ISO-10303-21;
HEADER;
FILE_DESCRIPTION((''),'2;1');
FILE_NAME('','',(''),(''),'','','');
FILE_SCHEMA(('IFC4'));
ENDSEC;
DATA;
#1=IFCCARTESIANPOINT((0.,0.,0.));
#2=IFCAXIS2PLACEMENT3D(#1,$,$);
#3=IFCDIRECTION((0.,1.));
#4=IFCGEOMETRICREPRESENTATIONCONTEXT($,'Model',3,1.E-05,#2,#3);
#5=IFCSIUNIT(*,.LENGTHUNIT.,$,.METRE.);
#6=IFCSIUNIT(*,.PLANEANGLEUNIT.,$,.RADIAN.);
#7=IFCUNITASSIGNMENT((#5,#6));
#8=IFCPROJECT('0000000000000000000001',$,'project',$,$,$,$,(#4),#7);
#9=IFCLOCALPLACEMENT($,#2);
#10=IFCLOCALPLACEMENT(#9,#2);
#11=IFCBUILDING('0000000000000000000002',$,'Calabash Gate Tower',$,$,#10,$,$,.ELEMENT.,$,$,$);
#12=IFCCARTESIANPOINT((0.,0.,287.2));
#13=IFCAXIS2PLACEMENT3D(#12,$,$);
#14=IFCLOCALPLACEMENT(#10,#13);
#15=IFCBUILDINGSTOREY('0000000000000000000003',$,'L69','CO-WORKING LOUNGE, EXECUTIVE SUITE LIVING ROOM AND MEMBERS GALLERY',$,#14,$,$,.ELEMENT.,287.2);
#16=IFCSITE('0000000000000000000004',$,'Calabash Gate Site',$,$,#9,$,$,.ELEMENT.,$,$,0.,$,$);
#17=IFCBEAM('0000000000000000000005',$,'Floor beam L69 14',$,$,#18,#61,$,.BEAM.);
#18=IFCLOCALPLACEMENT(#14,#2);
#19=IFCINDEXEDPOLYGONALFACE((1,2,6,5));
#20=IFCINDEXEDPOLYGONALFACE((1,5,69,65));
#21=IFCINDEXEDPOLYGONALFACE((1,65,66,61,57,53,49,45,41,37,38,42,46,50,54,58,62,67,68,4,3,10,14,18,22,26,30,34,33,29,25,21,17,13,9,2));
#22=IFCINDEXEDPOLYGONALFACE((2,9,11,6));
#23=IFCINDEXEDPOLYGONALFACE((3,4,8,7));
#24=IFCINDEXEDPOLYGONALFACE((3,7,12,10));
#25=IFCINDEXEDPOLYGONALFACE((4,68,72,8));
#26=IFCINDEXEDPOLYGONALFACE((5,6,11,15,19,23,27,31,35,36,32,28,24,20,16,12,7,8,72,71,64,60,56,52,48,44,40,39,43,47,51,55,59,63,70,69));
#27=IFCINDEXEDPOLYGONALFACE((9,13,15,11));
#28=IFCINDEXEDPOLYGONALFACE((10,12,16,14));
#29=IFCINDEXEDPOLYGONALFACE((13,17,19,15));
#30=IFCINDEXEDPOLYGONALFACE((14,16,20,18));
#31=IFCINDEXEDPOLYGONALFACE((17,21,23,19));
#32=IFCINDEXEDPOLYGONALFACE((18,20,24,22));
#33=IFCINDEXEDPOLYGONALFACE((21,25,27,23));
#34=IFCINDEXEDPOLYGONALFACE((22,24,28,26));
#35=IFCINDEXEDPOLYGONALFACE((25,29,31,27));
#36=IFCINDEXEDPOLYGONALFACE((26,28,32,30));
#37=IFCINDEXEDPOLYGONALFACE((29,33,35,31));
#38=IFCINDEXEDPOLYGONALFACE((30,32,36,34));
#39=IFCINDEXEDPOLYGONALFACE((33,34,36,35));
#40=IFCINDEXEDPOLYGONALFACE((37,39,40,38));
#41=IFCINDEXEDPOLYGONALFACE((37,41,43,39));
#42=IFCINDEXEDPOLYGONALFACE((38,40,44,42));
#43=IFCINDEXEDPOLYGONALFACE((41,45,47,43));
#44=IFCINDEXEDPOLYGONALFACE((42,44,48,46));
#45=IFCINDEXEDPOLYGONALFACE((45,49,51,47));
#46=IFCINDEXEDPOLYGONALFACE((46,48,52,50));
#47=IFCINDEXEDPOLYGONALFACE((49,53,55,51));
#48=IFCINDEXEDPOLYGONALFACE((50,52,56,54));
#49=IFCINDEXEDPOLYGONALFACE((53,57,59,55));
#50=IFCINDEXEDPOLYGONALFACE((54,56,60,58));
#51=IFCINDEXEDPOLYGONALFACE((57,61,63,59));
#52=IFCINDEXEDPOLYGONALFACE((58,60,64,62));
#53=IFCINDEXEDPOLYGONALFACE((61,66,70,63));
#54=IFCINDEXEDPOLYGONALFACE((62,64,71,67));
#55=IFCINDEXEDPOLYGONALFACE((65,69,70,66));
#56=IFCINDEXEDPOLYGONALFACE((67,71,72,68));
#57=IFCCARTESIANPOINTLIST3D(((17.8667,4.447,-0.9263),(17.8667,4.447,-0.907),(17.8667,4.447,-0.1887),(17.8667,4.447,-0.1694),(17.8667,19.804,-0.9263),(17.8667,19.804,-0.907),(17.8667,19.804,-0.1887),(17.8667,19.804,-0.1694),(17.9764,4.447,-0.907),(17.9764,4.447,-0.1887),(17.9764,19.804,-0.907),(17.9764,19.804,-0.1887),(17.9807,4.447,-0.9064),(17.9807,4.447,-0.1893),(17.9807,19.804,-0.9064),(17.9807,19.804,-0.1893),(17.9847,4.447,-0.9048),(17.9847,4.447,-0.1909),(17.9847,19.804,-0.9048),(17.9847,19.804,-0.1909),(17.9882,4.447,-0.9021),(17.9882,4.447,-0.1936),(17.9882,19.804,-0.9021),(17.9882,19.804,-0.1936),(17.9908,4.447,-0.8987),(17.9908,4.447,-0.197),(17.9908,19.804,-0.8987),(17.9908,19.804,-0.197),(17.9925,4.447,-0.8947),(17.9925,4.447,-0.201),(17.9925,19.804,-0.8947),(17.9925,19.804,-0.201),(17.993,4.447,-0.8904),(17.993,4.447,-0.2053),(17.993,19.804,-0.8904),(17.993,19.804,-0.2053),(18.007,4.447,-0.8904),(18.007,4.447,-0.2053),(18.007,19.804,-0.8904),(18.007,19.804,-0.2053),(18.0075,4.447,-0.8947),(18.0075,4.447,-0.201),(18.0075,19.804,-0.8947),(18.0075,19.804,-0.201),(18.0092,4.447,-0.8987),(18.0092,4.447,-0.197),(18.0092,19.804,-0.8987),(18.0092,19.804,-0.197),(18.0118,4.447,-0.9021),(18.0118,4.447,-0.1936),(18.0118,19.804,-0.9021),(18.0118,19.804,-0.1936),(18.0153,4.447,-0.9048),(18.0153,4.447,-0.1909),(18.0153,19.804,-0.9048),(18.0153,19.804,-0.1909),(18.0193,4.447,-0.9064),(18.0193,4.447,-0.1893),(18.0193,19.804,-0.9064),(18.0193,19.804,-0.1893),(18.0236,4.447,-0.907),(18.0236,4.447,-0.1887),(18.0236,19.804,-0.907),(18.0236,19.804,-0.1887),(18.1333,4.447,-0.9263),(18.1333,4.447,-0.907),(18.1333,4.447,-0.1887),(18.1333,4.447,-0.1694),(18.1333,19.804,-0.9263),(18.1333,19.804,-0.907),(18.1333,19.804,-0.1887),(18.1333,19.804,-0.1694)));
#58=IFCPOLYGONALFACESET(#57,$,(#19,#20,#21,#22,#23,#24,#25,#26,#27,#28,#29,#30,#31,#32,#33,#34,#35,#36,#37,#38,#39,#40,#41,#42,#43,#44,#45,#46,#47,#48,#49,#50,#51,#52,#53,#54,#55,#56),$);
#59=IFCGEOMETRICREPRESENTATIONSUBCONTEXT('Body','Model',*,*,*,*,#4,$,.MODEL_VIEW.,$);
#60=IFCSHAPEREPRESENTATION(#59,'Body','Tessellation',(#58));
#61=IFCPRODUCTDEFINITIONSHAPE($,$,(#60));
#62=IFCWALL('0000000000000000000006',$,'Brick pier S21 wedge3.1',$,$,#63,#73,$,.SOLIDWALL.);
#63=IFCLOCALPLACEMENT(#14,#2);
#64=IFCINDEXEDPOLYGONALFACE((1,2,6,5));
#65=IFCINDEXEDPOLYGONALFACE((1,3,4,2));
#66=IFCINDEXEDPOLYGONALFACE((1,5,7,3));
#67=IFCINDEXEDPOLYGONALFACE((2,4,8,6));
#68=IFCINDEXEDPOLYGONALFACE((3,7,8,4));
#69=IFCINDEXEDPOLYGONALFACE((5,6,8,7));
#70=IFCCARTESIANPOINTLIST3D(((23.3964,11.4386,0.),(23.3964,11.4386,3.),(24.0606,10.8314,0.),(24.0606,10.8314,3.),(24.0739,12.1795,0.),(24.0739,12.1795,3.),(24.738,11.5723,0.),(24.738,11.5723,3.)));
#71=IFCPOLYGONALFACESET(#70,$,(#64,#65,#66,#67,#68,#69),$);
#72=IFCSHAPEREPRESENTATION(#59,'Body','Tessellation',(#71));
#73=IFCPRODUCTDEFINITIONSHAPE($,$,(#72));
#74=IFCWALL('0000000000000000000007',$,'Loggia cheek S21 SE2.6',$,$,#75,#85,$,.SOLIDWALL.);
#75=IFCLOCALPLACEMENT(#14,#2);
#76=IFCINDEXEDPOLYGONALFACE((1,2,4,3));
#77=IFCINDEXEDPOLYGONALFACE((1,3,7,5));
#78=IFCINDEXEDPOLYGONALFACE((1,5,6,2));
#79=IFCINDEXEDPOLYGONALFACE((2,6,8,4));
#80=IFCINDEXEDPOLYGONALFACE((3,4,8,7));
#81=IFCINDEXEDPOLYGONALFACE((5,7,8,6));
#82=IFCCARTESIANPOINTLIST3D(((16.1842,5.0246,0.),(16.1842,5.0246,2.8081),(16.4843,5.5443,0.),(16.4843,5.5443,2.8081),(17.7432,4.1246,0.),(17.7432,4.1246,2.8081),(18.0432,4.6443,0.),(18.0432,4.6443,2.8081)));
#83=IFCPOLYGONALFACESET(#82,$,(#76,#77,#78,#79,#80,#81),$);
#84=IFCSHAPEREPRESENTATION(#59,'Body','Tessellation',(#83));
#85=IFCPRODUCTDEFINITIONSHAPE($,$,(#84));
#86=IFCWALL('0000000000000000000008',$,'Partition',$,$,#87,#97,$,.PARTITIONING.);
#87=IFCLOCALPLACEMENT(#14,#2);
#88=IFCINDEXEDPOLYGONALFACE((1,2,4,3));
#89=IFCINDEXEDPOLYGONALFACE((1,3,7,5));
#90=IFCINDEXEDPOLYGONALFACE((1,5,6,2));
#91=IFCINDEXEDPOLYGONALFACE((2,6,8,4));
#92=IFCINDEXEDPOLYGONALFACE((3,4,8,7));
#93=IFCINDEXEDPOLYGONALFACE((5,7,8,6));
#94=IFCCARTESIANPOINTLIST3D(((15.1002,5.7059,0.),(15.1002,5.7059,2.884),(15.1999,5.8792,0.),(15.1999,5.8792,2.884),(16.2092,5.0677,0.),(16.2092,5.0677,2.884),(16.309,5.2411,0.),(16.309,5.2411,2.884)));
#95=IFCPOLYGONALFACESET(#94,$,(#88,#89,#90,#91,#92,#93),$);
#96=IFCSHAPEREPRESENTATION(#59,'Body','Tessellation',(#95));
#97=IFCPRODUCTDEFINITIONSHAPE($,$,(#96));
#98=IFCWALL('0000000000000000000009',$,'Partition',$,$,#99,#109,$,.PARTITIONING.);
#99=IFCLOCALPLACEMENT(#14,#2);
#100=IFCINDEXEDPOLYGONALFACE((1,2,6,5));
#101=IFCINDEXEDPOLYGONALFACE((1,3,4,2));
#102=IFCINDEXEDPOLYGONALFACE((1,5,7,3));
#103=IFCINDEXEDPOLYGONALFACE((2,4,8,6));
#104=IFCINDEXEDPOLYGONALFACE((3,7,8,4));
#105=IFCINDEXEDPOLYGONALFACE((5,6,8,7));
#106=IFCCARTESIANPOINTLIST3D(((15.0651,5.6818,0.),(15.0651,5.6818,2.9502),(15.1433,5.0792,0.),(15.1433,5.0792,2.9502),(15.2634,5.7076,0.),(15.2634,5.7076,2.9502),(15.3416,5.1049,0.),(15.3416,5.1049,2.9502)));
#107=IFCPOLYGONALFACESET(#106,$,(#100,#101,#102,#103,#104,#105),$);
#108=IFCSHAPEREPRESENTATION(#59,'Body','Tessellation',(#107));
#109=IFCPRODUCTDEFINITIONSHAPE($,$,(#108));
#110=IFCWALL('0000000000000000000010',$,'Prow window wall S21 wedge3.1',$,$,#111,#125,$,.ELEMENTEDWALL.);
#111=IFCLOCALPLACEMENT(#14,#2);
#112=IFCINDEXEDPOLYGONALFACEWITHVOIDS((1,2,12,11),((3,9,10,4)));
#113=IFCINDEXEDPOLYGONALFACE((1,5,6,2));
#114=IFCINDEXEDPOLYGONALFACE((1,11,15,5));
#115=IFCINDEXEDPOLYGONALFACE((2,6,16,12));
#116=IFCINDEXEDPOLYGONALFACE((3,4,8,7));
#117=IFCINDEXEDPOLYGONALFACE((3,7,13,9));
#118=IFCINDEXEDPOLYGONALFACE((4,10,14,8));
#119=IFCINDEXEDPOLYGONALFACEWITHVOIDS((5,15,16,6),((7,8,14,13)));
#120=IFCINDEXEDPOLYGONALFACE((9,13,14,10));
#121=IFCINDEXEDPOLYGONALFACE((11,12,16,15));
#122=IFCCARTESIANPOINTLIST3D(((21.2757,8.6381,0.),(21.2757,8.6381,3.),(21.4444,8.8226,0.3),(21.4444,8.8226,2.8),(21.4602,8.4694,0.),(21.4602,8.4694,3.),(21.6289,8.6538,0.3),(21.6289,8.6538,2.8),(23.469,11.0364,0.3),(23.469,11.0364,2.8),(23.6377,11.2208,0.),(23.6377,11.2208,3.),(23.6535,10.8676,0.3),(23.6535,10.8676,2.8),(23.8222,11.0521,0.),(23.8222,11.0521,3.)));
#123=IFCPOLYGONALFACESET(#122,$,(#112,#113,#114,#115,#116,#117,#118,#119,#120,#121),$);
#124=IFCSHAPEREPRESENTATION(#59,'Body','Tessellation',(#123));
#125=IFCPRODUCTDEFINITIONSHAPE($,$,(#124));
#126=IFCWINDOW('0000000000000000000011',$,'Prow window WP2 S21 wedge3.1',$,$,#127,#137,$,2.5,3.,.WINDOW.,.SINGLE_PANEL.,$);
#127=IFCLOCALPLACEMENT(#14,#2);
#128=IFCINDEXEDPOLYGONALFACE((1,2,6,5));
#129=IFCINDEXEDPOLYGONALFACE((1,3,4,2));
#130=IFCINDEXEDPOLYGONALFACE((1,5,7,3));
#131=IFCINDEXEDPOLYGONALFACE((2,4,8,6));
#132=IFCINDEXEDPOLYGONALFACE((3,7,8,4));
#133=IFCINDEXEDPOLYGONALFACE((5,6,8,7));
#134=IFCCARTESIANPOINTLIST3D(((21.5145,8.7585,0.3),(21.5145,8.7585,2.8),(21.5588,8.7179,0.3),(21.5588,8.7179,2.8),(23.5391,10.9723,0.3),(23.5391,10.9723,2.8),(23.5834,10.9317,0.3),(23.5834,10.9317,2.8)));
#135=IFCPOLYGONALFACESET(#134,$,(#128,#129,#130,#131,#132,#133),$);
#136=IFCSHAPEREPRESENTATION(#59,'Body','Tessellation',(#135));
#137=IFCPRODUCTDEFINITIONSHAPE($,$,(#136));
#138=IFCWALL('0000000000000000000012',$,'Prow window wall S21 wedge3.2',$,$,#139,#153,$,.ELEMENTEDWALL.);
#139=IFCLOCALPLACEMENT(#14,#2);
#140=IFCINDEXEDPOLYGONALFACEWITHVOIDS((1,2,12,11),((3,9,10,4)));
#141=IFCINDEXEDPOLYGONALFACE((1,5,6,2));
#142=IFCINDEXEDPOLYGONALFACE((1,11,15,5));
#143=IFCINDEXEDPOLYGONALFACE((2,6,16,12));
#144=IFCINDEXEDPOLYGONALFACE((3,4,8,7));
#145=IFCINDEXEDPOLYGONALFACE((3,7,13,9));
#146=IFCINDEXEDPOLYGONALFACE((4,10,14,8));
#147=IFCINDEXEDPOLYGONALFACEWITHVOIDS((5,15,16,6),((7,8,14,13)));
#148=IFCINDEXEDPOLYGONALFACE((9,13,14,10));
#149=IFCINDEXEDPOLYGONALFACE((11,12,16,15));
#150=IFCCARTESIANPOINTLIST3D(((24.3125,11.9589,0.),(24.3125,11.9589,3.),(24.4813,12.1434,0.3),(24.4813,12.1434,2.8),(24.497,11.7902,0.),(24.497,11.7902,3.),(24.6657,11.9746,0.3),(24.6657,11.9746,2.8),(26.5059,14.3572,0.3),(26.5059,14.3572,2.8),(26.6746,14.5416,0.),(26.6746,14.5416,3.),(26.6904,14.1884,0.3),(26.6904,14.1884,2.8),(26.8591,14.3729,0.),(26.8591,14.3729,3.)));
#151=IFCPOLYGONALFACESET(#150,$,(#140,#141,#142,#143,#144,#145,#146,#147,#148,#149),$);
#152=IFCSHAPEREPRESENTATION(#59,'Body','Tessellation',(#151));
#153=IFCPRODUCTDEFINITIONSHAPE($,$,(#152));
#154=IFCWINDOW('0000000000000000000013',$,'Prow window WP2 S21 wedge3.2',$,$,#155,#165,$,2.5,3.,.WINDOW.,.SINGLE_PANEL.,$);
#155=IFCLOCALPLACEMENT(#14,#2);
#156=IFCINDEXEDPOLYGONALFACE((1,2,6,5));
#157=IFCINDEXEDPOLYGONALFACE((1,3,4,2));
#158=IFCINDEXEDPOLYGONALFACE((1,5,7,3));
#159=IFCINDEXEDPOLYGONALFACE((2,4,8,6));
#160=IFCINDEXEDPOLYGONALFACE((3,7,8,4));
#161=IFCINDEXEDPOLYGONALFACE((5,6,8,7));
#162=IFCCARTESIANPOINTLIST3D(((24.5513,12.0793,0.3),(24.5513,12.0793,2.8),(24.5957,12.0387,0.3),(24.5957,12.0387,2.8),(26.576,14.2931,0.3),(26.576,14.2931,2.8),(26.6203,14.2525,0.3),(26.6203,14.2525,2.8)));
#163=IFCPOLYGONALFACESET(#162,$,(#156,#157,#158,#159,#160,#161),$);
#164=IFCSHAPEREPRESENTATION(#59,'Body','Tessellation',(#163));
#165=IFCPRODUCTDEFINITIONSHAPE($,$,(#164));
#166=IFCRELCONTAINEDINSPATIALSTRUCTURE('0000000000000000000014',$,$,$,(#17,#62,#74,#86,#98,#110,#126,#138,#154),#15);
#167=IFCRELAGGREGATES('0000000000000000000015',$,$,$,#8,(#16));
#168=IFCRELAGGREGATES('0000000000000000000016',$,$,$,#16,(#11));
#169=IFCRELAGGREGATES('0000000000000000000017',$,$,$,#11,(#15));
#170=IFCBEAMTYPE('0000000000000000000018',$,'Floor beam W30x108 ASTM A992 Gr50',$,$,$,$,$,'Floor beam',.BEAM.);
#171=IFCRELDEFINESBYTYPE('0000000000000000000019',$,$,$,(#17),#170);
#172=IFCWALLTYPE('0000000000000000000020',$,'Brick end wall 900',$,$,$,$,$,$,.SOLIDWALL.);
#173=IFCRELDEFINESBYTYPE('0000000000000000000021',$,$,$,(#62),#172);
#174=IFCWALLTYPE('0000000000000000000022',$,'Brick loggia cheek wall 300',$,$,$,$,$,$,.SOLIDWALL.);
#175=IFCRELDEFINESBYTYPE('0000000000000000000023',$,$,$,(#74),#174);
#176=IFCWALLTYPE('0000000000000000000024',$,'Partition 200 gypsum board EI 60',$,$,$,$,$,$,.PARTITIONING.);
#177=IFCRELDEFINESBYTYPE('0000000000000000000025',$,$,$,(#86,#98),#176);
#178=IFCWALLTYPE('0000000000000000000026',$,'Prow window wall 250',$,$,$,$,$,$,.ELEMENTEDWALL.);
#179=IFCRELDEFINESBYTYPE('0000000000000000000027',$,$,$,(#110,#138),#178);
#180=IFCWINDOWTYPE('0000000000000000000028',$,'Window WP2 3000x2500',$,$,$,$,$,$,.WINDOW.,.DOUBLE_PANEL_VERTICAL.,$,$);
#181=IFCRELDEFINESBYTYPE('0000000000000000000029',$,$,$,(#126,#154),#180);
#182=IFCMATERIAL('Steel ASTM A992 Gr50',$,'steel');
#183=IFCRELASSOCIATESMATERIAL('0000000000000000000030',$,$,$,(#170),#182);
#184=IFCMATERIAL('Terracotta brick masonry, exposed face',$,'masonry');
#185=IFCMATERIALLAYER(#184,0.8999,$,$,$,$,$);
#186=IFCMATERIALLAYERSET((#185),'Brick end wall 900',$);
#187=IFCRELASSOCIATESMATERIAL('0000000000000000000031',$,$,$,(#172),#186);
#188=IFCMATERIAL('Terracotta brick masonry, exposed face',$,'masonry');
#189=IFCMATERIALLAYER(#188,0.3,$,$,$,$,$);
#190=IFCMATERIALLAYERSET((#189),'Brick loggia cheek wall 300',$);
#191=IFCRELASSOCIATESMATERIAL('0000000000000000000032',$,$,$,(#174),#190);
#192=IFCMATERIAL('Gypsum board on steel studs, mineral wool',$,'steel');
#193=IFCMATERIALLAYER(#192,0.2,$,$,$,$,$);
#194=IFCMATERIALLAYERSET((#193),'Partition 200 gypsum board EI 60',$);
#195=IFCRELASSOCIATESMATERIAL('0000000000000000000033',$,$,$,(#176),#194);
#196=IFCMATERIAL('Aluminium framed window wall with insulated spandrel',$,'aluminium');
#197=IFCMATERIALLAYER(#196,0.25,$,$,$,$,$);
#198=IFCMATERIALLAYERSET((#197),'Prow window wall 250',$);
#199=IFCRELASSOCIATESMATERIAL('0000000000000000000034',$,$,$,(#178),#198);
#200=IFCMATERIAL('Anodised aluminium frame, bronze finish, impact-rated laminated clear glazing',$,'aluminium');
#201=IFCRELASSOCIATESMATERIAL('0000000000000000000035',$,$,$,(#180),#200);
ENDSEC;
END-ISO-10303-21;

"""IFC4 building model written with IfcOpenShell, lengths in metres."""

from ifc_helpers import new_model, si_unit, direction, frame, frame_2d, origin, origin_2d, place, context, subcontext, project, spatial, rectangle, i_section, extrude, material, layer, layer_set, material_profile, profile_set, type_object, element, fill, save


model = new_model("IFC4")

# Units and contexts
model_context = context("Model", 3, precision=1e-05, world=origin(), true_north=direction((0.0, 1.0)))
body_context = subcontext(model_context, "Body", "Model", "MODEL_VIEW")
ifc_project = project(units=[si_unit("LENGTHUNIT", "METRE"), si_unit("PLANEANGLEUNIT", "RADIAN")], contexts=[model_context])

# Site, building, storey
site_placement = place(None, origin())
site = spatial("IfcSite", under=ifc_project, at=site_placement, Name="Calabash Gate Site", CompositionType="ELEMENT", RefElevation=0.0)
building_placement = place(site_placement, origin())
building = spatial("IfcBuilding", under=site, at=building_placement, Name="Calabash Gate Tower", CompositionType="ELEMENT")
storey_placement = place(building_placement, frame((0.0, 0.0, 287.2)))
storey = spatial("IfcBuildingStorey", under=building, at=storey_placement, Name="L69", Description="CO-WORKING LOUNGE, EXECUTIVE SUITE LIVING ROOM AND MEMBERS GALLERY", CompositionType="ELEMENT", Elevation=287.2)

# Beam
ifc_material_1 = material(Name="Steel ASTM A992 Gr50", Category="steel")
ifc_material_profile_1 = material_profile(ifc_material_1, i_section(OverallWidth=0.2666, OverallDepth=0.7568, WebThickness=0.0139, FlangeThickness=0.0193, FilletRadius=0.0166, at=origin_2d()))
ifc_profile_set_1 = profile_set([ifc_material_profile_1], Name="Steel ASTM A992 Gr50")
beam_type_1 = type_object("IfcBeamType", Name="Floor beam W30x108 ASTM A992 Gr50", ElementType="Floor beam", PredefinedType="BEAM", material=ifc_profile_set_1)
beam_1_placement = place(storey_placement, frame((18.0, 4.447, -0.5479), z_axis=(0.0, 1.0, 0.0), x_axis=(-1.0, 0.0, 0.0)))
element("IfcBeam", 1, at=beam_1_placement, inside=storey, type_object=beam_type_1, Name="Floor beam L69 14", PredefinedType="BEAM", context=body_context, shape_type="SweptSolid", body=[
    extrude(i_section(OverallWidth=0.2666, OverallDepth=0.7568, WebThickness=0.0139, FlangeThickness=0.0193, FilletRadius=0.0166, at=origin_2d()), origin(), (0.0, 0.0, 1.0), 15.3569),
])

# Walls
ifc_material_2 = material(Name="Terracotta brick masonry, exposed face", Category="masonry")
ifc_layer_1 = layer(ifc_material_2, 0.8999)
ifc_layer_set_1 = layer_set([ifc_layer_1], Name="Brick end wall 900")
wall_type_1 = type_object("IfcWallType", Name="Brick end wall 900", PredefinedType="SOLIDWALL", material=ifc_layer_set_1)
wall_1_placement = place(storey_placement, frame((23.7285, 11.135, 0.0), z_axis=(0.0, 0.0, 1.0), x_axis=(0.674788, 0.738012, 0.0)))
element("IfcWall", 2, at=wall_1_placement, inside=storey, type_object=wall_type_1, Name="Brick pier S21 wedge3.1", PredefinedType="SOLIDWALL", context=body_context, shape_type="SweptSolid", body=[
    extrude(rectangle(XDim=1.0039, YDim=0.8999, at=frame_2d((0.502, 0.0))), origin(), (0.0, 0.0, 1.0), 3.0),
])
ifc_material_3 = material(Name="Terracotta brick masonry, exposed face", Category="masonry")
ifc_layer_2 = layer(ifc_material_3, 0.3)
ifc_layer_set_2 = layer_set([ifc_layer_2], Name="Brick loggia cheek wall 300")
wall_type_2 = type_object("IfcWallType", Name="Brick loggia cheek wall 300", PredefinedType="SOLIDWALL", material=ifc_layer_set_2)
wall_2_placement = place(storey_placement, frame((17.8931, 4.3845, 0.0), z_axis=(0.0, 0.0, 1.0), x_axis=(-0.866048, 0.499961, 0.0)))
element("IfcWall", 3, at=wall_2_placement, inside=storey, type_object=wall_type_2, Name="Loggia cheek S21 SE2.6", PredefinedType="SOLIDWALL", context=body_context, shape_type="SweptSolid", body=[
    extrude(rectangle(XDim=1.8, YDim=0.6001, at=frame_2d((0.8999, 0.0))), origin(), (0.0, 0.0, 1.0), 2.8081),
])
ifc_material_4 = material(Name="Gypsum board on steel studs, mineral wool", Category="steel")
ifc_layer_3 = layer(ifc_material_4, 0.2)
ifc_layer_set_3 = layer_set([ifc_layer_3], Name="Partition 200 gypsum board EI 60")
wall_type_3 = type_object("IfcWallType", Name="Partition 200 gypsum board EI 60", PredefinedType="PARTITIONING", material=ifc_layer_set_3)
wall_3_placement = place(storey_placement, frame((15.1501, 5.7925, 0.0), z_axis=(0.0, 0.0, 1.0), x_axis=(0.86676, -0.498726, 0.0)))
element("IfcWall", 4, at=wall_3_placement, inside=storey, type_object=wall_type_3, Name="Partition", PredefinedType="PARTITIONING", context=body_context, shape_type="SweptSolid", body=[
    extrude(rectangle(XDim=1.2795, YDim=0.2, at=frame_2d((0.6396, 0.0))), origin(), (0.0, 0.0, 1.0), 2.884),
])
wall_4_placement = place(storey_placement, frame((15.1643, 5.6946, 0.0), z_axis=(0.0, 0.0, 1.0), x_axis=(0.128583, -0.991699, 0.0)))
element("IfcWall", 5, at=wall_4_placement, inside=storey, type_object=wall_type_3, Name="Partition", PredefinedType="PARTITIONING", context=body_context, shape_type="SweptSolid", body=[
    extrude(rectangle(XDim=0.6077, YDim=0.2, at=frame_2d((0.3037, 0.0))), origin(), (0.0, 0.0, 1.0), 2.9502),
])

# Walls, openings, windows
ifc_material_5 = material(Name="Aluminium framed window wall with insulated spandrel", Category="aluminium")
ifc_layer_4 = layer(ifc_material_5, 0.25)
ifc_layer_set_4 = layer_set([ifc_layer_4], Name="Prow window wall 250")
wall_type_4 = type_object("IfcWallType", Name="Prow window wall 250", PredefinedType="ELEMENTEDWALL", material=ifc_layer_set_4)
wall_5_placement = place(storey_placement, frame((21.3679, 8.5537, 0.0), z_axis=(0.0, 0.0, 1.0), x_axis=(0.674874, 0.737933, 0.0)))
wall_5 = element("IfcWall", 6, at=wall_5_placement, inside=storey, type_object=wall_type_4, Name="Prow window wall S21 wedge3.1", PredefinedType="ELEMENTEDWALL", context=body_context, shape_type="SweptSolid", body=[
    extrude(rectangle(XDim=3.5, YDim=0.25, at=frame_2d((1.75, 0.0))), origin(), (0.0, 0.0, 1.0), 3.0),
])
opening_1_placement = place(wall_5_placement, frame((0.25, 0.0, 0.3)))
opening_1 = element("IfcOpeningElement", 7, at=opening_1_placement, cuts=wall_5, PredefinedType="OPENING", context=body_context, shape_type="SweptSolid", body=[
    extrude(rectangle(XDim=3.0, YDim=2.5, at=frame_2d((1.5, 1.25))), frame((0.0, 0.135, 0.0), z_axis=(0.0, -1.0, 0.0), x_axis=(1.0, 0.0, 0.0)), (0.0, 0.0, 1.0), 0.27),
])
ifc_material_6 = material(Name="Anodised aluminium frame, bronze finish, impact-rated laminated clear glazing", Category="aluminium")
window_type = type_object("IfcWindowType", Name="Window WP2 3000x2500", PartitioningType="DOUBLE_PANEL_VERTICAL", PredefinedType="WINDOW", material=ifc_material_6)
window_1_placement = place(opening_1_placement, origin())
window_1 = element("IfcWindow", 8, at=window_1_placement, inside=storey, type_object=window_type, Name="Prow window WP2 S21 wedge3.1", OverallHeight=2.5, OverallWidth=3.0, PartitioningType="SINGLE_PANEL", PredefinedType="WINDOW", context=body_context, shape_type="SweptSolid", body=[
    extrude(rectangle(XDim=3.0, YDim=2.5, at=frame_2d((1.5, 1.25))), frame((0.0, 0.03, 0.0), z_axis=(0.0, -1.0, 0.0), x_axis=(1.0, 0.0, 0.0)), (0.0, 0.0, 1.0), 0.0601),
])
fill(opening_1, window_1)
wall_6_placement = place(storey_placement, frame((24.4048, 11.8745, 0.0), z_axis=(0.0, 0.0, 1.0), x_axis=(0.674874, 0.737933, 0.0)))
wall_6 = element("IfcWall", 9, at=wall_6_placement, inside=storey, type_object=wall_type_4, Name="Prow window wall S21 wedge3.2", PredefinedType="ELEMENTEDWALL", context=body_context, shape_type="SweptSolid", body=[
    extrude(rectangle(XDim=3.5, YDim=0.25, at=frame_2d((1.75, 0.0))), origin(), (0.0, 0.0, 1.0), 3.0),
])
opening_2_placement = place(wall_6_placement, frame((0.25, 0.0, 0.3)))
opening_2 = element("IfcOpeningElement", 10, at=opening_2_placement, cuts=wall_6, PredefinedType="OPENING", context=body_context, shape_type="SweptSolid", body=[
    extrude(rectangle(XDim=3.0, YDim=2.5, at=frame_2d((1.5, 1.25))), frame((0.0, 0.135, 0.0), z_axis=(0.0, -1.0, 0.0), x_axis=(1.0, 0.0, 0.0)), (0.0, 0.0, 1.0), 0.27),
])
window_2_placement = place(opening_2_placement, origin())
window_2 = element("IfcWindow", 11, at=window_2_placement, inside=storey, type_object=window_type, Name="Prow window WP2 S21 wedge3.2", OverallHeight=2.5, OverallWidth=3.0, PartitioningType="SINGLE_PANEL", PredefinedType="WINDOW", context=body_context, shape_type="SweptSolid", body=[
    extrude(rectangle(XDim=3.0, YDim=2.5, at=frame_2d((1.5, 1.25))), frame((0.0, 0.03, 0.0), z_axis=(0.0, -1.0, 0.0), x_axis=(1.0, 0.0, 0.0)), (0.0, 0.0, 1.0), 0.0601),
])
fill(opening_2, window_2)

save(model, "model.ifc")
